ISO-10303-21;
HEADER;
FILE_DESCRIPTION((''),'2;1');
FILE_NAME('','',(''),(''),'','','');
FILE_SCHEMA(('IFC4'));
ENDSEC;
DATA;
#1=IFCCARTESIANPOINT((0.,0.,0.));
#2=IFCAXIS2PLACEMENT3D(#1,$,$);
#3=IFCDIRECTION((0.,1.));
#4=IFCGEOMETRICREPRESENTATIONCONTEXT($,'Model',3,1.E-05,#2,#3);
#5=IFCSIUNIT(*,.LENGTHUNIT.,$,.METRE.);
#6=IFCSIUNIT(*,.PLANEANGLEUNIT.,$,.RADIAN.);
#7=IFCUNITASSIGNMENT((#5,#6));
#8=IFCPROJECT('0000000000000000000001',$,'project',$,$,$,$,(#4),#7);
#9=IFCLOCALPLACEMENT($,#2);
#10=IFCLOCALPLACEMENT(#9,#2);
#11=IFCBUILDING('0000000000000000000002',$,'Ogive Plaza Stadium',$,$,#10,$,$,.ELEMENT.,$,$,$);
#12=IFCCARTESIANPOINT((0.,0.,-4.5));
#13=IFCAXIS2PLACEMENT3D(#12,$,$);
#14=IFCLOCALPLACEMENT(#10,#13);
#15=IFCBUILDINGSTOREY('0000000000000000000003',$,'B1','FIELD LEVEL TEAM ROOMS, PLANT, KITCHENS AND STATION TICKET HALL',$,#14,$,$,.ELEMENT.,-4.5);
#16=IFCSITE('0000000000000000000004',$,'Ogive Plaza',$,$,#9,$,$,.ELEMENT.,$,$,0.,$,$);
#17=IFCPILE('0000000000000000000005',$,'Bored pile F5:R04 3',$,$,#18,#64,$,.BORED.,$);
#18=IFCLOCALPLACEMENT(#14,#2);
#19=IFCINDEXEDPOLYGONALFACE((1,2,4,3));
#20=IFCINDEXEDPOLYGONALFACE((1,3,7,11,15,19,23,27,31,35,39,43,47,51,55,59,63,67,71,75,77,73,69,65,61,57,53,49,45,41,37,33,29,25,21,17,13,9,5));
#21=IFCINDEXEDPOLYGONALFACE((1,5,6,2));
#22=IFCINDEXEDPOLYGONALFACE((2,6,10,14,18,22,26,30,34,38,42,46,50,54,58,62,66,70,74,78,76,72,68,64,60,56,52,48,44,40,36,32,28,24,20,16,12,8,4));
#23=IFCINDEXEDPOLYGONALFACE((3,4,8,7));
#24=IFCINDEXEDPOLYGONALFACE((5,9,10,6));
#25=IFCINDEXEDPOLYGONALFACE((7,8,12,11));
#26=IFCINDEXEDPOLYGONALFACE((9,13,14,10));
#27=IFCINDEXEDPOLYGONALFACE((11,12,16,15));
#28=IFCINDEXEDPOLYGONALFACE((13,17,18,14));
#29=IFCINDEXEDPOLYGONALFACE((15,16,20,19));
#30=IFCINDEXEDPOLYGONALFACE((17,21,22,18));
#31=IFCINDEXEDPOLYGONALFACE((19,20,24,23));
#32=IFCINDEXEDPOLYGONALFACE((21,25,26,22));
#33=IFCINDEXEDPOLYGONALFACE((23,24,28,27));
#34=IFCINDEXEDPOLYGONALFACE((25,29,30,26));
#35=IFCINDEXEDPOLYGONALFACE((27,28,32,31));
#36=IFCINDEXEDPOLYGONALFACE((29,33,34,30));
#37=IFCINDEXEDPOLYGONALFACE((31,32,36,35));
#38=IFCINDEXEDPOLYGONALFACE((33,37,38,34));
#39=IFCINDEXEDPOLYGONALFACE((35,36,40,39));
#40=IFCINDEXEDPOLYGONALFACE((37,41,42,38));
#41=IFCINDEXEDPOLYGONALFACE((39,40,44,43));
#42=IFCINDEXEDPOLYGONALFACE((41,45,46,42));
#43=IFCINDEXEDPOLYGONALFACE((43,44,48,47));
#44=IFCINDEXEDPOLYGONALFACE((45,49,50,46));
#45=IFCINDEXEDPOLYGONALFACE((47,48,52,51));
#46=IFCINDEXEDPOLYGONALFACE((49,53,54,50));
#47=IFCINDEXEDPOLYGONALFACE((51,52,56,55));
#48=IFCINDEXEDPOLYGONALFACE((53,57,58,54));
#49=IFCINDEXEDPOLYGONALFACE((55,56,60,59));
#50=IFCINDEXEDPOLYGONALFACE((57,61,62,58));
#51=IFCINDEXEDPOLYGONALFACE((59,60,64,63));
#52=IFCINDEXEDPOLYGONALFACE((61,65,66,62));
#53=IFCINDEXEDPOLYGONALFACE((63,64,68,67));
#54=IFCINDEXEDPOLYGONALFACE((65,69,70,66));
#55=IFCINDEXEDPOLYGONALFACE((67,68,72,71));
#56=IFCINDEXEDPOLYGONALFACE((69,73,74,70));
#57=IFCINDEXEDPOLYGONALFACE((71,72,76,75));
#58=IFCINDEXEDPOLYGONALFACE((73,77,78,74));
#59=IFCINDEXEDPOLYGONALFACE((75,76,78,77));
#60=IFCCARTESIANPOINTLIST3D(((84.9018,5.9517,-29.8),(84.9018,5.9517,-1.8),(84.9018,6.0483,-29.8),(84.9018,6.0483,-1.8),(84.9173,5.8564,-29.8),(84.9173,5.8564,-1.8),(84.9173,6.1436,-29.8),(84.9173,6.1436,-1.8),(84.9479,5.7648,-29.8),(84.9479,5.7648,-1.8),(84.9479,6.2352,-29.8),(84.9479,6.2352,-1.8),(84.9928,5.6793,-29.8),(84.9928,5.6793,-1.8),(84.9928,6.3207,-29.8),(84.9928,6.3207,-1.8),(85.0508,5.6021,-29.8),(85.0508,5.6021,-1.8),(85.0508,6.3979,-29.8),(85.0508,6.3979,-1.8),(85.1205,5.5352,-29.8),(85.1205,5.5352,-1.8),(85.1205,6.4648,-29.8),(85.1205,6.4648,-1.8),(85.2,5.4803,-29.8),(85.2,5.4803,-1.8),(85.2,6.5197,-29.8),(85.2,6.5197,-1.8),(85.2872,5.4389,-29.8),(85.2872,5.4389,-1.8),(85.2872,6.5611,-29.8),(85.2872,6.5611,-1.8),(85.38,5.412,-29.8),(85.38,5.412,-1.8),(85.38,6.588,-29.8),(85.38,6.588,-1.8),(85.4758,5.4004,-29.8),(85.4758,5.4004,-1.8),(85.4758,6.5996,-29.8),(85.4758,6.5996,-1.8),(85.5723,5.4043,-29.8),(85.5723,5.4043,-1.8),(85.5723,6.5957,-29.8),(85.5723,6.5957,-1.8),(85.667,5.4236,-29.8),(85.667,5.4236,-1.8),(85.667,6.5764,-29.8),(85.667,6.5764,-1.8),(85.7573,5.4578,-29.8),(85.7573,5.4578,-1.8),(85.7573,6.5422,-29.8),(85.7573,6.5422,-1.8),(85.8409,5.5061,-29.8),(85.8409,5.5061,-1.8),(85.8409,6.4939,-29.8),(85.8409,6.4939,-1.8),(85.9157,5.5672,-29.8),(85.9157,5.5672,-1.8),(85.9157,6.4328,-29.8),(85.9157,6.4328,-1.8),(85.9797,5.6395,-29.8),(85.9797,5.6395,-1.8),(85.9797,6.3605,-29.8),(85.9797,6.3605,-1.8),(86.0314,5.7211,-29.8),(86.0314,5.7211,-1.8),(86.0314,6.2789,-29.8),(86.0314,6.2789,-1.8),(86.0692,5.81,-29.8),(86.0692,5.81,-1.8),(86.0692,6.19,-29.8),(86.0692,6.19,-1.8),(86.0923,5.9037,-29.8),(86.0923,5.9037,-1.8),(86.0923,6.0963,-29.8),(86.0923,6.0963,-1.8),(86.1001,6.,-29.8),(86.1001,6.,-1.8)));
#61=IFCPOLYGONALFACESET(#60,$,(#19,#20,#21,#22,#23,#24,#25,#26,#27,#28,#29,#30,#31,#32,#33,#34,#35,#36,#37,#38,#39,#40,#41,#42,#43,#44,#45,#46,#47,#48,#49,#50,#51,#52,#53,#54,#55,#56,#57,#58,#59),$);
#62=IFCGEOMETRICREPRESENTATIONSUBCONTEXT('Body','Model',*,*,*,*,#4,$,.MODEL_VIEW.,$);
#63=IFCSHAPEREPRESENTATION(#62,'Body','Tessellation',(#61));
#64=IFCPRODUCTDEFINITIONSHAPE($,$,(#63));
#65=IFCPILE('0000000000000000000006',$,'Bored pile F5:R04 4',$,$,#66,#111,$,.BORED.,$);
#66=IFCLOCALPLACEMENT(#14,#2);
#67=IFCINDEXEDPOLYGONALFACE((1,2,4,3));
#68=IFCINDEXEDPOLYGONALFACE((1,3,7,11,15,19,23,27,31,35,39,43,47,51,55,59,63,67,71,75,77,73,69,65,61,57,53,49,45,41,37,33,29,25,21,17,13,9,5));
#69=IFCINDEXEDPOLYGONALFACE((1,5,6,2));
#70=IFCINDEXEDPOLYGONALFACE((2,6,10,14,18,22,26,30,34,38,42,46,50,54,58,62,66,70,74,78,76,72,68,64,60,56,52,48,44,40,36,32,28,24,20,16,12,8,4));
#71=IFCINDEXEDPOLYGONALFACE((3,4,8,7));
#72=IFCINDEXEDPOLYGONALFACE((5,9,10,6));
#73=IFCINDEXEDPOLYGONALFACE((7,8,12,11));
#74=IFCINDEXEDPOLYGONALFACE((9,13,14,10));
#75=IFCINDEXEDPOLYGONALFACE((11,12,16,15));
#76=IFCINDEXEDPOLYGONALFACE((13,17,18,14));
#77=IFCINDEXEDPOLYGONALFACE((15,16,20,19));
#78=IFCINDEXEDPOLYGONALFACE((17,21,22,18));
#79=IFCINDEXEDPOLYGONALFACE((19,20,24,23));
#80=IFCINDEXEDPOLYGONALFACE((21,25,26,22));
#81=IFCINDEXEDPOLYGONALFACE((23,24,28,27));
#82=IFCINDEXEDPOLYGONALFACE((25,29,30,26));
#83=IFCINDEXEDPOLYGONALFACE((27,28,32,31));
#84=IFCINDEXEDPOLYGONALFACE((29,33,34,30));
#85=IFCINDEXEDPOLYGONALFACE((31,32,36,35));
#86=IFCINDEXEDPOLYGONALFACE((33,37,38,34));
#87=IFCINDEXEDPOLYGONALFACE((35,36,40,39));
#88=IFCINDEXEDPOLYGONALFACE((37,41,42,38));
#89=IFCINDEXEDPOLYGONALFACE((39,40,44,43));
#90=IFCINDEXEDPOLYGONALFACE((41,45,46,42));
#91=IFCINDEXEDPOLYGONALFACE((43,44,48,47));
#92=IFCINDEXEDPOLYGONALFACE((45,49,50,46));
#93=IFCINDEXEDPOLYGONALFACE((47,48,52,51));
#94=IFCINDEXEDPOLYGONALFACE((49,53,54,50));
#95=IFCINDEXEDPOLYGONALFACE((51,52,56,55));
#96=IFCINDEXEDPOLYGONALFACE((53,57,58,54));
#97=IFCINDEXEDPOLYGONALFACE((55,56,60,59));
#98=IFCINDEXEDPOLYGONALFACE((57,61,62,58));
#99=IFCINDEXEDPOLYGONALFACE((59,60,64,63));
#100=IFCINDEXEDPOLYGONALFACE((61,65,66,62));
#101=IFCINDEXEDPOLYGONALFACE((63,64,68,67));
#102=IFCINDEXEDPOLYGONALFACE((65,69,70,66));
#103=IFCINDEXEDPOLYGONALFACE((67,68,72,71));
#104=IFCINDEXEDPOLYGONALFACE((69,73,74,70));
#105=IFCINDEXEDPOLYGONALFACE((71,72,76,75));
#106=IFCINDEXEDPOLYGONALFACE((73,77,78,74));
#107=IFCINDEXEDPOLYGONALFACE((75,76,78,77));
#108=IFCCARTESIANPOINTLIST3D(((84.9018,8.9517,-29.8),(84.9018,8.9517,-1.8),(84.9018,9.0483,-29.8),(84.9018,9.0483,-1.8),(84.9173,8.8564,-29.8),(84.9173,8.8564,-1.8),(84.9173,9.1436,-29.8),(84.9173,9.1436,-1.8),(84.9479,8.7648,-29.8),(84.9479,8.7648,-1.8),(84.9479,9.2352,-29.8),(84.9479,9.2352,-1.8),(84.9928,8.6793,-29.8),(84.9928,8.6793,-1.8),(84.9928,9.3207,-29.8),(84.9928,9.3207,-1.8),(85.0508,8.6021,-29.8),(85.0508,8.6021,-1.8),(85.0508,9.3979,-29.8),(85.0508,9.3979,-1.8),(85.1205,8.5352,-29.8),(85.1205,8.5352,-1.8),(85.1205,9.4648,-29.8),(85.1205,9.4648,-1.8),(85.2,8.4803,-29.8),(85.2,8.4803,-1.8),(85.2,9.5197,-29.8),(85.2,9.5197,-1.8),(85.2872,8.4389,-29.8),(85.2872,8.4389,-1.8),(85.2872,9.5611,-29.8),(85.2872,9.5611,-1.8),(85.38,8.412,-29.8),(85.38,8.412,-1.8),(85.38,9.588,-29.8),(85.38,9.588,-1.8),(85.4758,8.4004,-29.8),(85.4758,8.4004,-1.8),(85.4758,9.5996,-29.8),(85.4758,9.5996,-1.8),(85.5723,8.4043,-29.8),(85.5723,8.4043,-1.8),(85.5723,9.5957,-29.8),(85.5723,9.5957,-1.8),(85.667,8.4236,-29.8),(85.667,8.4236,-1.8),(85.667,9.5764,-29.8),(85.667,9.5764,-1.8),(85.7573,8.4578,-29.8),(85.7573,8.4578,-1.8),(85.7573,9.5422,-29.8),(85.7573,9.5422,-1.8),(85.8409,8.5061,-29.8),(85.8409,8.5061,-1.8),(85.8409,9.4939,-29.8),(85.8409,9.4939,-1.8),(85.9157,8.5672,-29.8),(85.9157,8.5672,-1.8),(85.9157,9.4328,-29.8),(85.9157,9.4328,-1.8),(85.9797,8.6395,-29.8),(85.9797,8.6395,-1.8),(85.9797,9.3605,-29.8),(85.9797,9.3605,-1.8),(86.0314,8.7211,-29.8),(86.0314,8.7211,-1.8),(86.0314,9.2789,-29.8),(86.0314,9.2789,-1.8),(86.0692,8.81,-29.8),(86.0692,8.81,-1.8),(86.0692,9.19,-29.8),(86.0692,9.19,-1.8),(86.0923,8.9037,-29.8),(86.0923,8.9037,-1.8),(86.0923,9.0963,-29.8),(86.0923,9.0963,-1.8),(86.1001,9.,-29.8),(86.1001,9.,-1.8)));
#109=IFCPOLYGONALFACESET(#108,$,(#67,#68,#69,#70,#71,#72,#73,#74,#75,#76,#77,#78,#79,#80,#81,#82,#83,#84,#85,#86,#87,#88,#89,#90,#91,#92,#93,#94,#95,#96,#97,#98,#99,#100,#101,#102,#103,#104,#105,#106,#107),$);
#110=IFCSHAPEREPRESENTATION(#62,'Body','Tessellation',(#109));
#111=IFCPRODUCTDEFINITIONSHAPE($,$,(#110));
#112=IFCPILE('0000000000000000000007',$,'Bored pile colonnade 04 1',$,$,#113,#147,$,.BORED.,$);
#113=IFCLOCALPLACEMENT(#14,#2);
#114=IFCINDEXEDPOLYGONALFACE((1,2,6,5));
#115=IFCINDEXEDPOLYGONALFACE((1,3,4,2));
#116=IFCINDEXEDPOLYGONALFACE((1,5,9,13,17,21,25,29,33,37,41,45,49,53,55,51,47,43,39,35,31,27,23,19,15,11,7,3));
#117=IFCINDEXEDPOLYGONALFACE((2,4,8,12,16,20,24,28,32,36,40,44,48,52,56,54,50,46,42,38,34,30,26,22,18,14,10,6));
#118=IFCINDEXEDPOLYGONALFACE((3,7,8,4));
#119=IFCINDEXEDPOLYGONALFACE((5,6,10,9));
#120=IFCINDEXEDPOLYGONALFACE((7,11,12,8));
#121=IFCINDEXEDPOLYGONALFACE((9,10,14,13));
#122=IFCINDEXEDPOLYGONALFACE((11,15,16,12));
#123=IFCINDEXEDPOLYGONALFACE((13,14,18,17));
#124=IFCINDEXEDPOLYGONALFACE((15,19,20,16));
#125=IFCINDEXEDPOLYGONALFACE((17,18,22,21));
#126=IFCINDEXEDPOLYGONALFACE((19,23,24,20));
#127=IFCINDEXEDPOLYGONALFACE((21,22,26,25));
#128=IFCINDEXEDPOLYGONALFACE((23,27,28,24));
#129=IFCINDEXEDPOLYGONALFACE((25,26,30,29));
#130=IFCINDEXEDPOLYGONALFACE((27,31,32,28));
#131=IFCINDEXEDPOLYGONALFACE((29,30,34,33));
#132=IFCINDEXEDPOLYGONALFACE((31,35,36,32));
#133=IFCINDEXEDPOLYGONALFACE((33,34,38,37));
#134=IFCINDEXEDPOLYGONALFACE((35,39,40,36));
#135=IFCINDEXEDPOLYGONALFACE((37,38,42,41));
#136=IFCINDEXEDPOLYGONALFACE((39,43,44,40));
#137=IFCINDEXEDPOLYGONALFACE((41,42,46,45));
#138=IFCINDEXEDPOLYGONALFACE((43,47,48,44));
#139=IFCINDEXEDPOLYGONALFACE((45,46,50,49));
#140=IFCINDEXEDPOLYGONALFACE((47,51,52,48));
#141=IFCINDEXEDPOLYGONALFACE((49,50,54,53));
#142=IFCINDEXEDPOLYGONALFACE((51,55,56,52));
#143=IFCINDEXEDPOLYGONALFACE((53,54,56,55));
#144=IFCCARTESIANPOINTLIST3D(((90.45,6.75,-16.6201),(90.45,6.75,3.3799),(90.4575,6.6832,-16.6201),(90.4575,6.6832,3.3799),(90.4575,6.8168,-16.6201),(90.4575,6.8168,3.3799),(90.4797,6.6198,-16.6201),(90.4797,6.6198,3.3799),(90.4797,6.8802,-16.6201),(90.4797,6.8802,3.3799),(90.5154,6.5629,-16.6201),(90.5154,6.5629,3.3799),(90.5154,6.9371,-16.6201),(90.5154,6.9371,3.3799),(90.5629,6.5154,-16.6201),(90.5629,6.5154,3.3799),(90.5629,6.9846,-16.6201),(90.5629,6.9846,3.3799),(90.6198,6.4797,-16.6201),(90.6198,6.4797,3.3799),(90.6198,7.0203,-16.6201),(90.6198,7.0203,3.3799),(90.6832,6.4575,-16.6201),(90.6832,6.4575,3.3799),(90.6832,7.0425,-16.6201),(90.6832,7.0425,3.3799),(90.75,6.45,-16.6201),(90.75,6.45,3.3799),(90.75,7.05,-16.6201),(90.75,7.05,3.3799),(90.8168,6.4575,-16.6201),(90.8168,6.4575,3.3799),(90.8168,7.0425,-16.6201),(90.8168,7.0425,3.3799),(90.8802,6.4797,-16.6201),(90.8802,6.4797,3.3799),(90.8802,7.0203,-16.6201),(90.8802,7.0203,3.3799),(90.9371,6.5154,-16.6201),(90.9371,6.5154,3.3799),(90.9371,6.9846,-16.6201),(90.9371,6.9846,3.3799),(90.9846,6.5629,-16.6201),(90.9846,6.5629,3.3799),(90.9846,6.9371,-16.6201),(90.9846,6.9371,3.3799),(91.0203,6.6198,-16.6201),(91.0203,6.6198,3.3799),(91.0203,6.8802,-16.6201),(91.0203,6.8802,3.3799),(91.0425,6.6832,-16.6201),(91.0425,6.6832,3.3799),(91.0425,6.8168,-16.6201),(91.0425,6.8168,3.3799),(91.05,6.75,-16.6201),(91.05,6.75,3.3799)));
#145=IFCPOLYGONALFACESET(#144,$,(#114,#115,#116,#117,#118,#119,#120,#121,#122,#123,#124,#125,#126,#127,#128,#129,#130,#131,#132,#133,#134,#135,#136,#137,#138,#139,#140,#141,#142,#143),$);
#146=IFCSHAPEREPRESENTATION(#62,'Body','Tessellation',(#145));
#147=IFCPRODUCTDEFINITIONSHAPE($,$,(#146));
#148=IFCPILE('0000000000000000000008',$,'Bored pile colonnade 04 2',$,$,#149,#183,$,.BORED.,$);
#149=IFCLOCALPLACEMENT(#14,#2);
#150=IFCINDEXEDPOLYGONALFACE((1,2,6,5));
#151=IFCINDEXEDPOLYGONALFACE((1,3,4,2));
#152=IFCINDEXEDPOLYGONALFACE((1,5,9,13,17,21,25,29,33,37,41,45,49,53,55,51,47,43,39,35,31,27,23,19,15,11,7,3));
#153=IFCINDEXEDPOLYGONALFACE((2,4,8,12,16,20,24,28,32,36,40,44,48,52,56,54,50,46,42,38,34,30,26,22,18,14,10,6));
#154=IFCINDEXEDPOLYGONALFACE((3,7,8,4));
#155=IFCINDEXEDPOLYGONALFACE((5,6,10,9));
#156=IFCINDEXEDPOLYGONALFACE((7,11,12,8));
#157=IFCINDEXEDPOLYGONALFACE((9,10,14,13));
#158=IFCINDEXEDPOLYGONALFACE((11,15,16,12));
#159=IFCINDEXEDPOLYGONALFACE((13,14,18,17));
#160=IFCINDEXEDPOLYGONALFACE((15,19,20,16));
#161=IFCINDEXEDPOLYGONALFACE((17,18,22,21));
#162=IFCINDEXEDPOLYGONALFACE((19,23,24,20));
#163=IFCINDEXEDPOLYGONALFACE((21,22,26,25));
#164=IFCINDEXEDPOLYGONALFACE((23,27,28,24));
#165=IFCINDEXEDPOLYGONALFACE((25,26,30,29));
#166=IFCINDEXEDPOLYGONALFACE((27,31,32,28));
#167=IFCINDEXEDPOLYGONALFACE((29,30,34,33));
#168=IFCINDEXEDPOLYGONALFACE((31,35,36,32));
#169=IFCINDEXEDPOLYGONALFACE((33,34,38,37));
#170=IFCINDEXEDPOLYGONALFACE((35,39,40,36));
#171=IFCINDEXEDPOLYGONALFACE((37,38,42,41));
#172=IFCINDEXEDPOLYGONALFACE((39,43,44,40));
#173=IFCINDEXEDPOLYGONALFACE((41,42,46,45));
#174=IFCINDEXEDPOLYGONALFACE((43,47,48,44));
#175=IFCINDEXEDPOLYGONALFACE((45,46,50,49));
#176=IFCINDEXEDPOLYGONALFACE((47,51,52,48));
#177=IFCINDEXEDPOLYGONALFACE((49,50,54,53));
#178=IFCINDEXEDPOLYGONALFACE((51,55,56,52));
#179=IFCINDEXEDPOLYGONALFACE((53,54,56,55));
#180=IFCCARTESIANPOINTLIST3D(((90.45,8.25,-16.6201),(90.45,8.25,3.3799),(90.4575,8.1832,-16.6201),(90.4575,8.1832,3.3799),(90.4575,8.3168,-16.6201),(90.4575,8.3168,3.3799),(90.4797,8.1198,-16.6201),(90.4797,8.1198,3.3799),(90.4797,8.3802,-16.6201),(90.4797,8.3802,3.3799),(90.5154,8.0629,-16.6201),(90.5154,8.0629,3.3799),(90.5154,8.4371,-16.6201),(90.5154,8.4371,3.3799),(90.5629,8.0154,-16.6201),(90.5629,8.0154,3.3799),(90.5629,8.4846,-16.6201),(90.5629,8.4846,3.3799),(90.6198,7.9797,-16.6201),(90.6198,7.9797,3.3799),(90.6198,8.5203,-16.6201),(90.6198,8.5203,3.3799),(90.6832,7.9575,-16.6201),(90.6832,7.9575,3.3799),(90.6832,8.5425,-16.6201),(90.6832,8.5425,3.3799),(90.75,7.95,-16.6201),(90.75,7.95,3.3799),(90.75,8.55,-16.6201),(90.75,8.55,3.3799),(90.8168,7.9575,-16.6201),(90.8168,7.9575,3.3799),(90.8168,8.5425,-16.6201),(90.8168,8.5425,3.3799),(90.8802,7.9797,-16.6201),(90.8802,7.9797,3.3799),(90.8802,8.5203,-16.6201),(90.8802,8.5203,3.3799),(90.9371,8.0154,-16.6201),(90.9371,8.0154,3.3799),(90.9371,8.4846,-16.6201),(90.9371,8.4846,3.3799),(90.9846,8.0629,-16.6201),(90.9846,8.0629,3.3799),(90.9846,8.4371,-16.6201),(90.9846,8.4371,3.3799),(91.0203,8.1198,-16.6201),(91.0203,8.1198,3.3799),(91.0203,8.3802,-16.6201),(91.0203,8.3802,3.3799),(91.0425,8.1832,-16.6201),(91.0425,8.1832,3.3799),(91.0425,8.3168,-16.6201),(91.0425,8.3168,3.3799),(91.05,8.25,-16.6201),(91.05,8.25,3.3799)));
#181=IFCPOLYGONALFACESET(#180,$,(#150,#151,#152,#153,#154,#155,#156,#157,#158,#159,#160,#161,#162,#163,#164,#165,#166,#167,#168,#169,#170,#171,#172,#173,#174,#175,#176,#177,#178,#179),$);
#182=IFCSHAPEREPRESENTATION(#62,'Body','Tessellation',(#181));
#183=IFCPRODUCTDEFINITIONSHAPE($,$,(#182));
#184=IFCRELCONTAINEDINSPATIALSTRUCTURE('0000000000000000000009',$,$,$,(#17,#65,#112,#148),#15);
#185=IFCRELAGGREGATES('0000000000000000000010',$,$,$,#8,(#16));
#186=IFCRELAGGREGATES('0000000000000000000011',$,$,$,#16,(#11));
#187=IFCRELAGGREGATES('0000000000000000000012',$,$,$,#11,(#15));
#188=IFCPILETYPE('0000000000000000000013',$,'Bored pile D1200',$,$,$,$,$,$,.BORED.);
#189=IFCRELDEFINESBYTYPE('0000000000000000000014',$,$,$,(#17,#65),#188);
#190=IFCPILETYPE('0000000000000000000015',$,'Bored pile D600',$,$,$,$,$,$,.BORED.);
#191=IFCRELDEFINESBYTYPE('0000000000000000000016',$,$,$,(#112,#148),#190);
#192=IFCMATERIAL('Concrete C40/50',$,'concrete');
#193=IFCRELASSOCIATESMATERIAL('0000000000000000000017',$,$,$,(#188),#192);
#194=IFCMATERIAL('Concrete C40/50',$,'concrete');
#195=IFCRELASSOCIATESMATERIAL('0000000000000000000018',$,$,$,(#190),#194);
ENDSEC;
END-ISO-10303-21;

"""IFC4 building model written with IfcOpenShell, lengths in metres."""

from ifc_helpers import new_model, si_unit, direction, frame, origin, origin_2d, place, context, subcontext, project, spatial, circle, extrude, material, material_profile, profile_set, type_object, element, save


model = new_model("IFC4")

# Units and contexts
model_context = context("Model", 3, precision=1e-05, world=origin(), true_north=direction((0.0, 1.0)))
body_context = subcontext(model_context, "Body", "Model", "MODEL_VIEW")
ifc_project = project(units=[si_unit("LENGTHUNIT", "METRE"), si_unit("PLANEANGLEUNIT", "RADIAN")], contexts=[model_context])

# Site, building, storey
site_placement = place(None, origin())
site = spatial("IfcSite", under=ifc_project, at=site_placement, Name="Ogive Plaza", CompositionType="ELEMENT", RefElevation=0.0)
building_placement = place(site_placement, origin())
building = spatial("IfcBuilding", under=site, at=building_placement, Name="Ogive Plaza Stadium", CompositionType="ELEMENT")
storey_placement = place(building_placement, frame((0.0, 0.0, -4.5)))
storey = spatial("IfcBuildingStorey", under=building, at=storey_placement, Name="B1", Description="FIELD LEVEL TEAM ROOMS, PLANT, KITCHENS AND STATION TICKET HALL", CompositionType="ELEMENT", Elevation=-4.5)

# Piles
ifc_material_1 = material(Name="Concrete C40/50", Category="concrete")
ifc_material_profile_1 = material_profile(ifc_material_1, circle(Radius=0.6001, at=origin_2d()), Name="RC D1200")
ifc_profile_set_1 = profile_set([ifc_material_profile_1], Name="Concrete C40/50")
pile_type_1 = type_object("IfcPileType", Name="Bored pile D1200", PredefinedType="BORED", material=ifc_profile_set_1)
for number, where, z_axis, x_axis, name in (
    (1, (85.5, 6.0, -1.8), (0.0, 0.0, -1.0), (1.0, 0.0, 0.0), "Bored pile F5:R04 3"),
    (2, (85.5, 9.0, -1.8), (0.0, 0.0, -1.0), (1.0, 0.0, 0.0), "Bored pile F5:R04 4"),
):
    element("IfcPile", number, at=place(storey_placement, frame(where, z_axis=z_axis, x_axis=x_axis)), inside=storey, type_object=pile_type_1, Name=name, PredefinedType="BORED", context=body_context, shape_type="SweptSolid", body=[
        extrude(circle(Radius=0.6001, at=origin_2d()), origin(), (0.0, 0.0, 1.0), 28.0),
    ])
ifc_material_2 = material(Name="Concrete C40/50", Category="concrete")
ifc_material_profile_2 = material_profile(ifc_material_2, circle(Radius=0.3, at=origin_2d()), Name="RC D600")
ifc_profile_set_2 = profile_set([ifc_material_profile_2], Name="Concrete C40/50")
pile_type_2 = type_object("IfcPileType", Name="Bored pile D600", PredefinedType="BORED", material=ifc_profile_set_2)
for number, where, z_axis, x_axis, name in (
    (3, (90.75, 6.75, 3.3799), (0.0, 0.0, -1.0), (1.0, 0.0, 0.0), "Bored pile colonnade 04 1"),
    (4, (90.75, 8.25, 3.3799), (0.0, 0.0, -1.0), (1.0, 0.0, 0.0), "Bored pile colonnade 04 2"),
):
    element("IfcPile", number, at=place(storey_placement, frame(where, z_axis=z_axis, x_axis=x_axis)), inside=storey, type_object=pile_type_2, Name=name, PredefinedType="BORED", context=body_context, shape_type="SweptSolid", body=[
        extrude(circle(Radius=0.3, at=origin_2d()), origin(), (0.0, 0.0, 1.0), 20.0),
    ])

save(model, "model.ifc")
